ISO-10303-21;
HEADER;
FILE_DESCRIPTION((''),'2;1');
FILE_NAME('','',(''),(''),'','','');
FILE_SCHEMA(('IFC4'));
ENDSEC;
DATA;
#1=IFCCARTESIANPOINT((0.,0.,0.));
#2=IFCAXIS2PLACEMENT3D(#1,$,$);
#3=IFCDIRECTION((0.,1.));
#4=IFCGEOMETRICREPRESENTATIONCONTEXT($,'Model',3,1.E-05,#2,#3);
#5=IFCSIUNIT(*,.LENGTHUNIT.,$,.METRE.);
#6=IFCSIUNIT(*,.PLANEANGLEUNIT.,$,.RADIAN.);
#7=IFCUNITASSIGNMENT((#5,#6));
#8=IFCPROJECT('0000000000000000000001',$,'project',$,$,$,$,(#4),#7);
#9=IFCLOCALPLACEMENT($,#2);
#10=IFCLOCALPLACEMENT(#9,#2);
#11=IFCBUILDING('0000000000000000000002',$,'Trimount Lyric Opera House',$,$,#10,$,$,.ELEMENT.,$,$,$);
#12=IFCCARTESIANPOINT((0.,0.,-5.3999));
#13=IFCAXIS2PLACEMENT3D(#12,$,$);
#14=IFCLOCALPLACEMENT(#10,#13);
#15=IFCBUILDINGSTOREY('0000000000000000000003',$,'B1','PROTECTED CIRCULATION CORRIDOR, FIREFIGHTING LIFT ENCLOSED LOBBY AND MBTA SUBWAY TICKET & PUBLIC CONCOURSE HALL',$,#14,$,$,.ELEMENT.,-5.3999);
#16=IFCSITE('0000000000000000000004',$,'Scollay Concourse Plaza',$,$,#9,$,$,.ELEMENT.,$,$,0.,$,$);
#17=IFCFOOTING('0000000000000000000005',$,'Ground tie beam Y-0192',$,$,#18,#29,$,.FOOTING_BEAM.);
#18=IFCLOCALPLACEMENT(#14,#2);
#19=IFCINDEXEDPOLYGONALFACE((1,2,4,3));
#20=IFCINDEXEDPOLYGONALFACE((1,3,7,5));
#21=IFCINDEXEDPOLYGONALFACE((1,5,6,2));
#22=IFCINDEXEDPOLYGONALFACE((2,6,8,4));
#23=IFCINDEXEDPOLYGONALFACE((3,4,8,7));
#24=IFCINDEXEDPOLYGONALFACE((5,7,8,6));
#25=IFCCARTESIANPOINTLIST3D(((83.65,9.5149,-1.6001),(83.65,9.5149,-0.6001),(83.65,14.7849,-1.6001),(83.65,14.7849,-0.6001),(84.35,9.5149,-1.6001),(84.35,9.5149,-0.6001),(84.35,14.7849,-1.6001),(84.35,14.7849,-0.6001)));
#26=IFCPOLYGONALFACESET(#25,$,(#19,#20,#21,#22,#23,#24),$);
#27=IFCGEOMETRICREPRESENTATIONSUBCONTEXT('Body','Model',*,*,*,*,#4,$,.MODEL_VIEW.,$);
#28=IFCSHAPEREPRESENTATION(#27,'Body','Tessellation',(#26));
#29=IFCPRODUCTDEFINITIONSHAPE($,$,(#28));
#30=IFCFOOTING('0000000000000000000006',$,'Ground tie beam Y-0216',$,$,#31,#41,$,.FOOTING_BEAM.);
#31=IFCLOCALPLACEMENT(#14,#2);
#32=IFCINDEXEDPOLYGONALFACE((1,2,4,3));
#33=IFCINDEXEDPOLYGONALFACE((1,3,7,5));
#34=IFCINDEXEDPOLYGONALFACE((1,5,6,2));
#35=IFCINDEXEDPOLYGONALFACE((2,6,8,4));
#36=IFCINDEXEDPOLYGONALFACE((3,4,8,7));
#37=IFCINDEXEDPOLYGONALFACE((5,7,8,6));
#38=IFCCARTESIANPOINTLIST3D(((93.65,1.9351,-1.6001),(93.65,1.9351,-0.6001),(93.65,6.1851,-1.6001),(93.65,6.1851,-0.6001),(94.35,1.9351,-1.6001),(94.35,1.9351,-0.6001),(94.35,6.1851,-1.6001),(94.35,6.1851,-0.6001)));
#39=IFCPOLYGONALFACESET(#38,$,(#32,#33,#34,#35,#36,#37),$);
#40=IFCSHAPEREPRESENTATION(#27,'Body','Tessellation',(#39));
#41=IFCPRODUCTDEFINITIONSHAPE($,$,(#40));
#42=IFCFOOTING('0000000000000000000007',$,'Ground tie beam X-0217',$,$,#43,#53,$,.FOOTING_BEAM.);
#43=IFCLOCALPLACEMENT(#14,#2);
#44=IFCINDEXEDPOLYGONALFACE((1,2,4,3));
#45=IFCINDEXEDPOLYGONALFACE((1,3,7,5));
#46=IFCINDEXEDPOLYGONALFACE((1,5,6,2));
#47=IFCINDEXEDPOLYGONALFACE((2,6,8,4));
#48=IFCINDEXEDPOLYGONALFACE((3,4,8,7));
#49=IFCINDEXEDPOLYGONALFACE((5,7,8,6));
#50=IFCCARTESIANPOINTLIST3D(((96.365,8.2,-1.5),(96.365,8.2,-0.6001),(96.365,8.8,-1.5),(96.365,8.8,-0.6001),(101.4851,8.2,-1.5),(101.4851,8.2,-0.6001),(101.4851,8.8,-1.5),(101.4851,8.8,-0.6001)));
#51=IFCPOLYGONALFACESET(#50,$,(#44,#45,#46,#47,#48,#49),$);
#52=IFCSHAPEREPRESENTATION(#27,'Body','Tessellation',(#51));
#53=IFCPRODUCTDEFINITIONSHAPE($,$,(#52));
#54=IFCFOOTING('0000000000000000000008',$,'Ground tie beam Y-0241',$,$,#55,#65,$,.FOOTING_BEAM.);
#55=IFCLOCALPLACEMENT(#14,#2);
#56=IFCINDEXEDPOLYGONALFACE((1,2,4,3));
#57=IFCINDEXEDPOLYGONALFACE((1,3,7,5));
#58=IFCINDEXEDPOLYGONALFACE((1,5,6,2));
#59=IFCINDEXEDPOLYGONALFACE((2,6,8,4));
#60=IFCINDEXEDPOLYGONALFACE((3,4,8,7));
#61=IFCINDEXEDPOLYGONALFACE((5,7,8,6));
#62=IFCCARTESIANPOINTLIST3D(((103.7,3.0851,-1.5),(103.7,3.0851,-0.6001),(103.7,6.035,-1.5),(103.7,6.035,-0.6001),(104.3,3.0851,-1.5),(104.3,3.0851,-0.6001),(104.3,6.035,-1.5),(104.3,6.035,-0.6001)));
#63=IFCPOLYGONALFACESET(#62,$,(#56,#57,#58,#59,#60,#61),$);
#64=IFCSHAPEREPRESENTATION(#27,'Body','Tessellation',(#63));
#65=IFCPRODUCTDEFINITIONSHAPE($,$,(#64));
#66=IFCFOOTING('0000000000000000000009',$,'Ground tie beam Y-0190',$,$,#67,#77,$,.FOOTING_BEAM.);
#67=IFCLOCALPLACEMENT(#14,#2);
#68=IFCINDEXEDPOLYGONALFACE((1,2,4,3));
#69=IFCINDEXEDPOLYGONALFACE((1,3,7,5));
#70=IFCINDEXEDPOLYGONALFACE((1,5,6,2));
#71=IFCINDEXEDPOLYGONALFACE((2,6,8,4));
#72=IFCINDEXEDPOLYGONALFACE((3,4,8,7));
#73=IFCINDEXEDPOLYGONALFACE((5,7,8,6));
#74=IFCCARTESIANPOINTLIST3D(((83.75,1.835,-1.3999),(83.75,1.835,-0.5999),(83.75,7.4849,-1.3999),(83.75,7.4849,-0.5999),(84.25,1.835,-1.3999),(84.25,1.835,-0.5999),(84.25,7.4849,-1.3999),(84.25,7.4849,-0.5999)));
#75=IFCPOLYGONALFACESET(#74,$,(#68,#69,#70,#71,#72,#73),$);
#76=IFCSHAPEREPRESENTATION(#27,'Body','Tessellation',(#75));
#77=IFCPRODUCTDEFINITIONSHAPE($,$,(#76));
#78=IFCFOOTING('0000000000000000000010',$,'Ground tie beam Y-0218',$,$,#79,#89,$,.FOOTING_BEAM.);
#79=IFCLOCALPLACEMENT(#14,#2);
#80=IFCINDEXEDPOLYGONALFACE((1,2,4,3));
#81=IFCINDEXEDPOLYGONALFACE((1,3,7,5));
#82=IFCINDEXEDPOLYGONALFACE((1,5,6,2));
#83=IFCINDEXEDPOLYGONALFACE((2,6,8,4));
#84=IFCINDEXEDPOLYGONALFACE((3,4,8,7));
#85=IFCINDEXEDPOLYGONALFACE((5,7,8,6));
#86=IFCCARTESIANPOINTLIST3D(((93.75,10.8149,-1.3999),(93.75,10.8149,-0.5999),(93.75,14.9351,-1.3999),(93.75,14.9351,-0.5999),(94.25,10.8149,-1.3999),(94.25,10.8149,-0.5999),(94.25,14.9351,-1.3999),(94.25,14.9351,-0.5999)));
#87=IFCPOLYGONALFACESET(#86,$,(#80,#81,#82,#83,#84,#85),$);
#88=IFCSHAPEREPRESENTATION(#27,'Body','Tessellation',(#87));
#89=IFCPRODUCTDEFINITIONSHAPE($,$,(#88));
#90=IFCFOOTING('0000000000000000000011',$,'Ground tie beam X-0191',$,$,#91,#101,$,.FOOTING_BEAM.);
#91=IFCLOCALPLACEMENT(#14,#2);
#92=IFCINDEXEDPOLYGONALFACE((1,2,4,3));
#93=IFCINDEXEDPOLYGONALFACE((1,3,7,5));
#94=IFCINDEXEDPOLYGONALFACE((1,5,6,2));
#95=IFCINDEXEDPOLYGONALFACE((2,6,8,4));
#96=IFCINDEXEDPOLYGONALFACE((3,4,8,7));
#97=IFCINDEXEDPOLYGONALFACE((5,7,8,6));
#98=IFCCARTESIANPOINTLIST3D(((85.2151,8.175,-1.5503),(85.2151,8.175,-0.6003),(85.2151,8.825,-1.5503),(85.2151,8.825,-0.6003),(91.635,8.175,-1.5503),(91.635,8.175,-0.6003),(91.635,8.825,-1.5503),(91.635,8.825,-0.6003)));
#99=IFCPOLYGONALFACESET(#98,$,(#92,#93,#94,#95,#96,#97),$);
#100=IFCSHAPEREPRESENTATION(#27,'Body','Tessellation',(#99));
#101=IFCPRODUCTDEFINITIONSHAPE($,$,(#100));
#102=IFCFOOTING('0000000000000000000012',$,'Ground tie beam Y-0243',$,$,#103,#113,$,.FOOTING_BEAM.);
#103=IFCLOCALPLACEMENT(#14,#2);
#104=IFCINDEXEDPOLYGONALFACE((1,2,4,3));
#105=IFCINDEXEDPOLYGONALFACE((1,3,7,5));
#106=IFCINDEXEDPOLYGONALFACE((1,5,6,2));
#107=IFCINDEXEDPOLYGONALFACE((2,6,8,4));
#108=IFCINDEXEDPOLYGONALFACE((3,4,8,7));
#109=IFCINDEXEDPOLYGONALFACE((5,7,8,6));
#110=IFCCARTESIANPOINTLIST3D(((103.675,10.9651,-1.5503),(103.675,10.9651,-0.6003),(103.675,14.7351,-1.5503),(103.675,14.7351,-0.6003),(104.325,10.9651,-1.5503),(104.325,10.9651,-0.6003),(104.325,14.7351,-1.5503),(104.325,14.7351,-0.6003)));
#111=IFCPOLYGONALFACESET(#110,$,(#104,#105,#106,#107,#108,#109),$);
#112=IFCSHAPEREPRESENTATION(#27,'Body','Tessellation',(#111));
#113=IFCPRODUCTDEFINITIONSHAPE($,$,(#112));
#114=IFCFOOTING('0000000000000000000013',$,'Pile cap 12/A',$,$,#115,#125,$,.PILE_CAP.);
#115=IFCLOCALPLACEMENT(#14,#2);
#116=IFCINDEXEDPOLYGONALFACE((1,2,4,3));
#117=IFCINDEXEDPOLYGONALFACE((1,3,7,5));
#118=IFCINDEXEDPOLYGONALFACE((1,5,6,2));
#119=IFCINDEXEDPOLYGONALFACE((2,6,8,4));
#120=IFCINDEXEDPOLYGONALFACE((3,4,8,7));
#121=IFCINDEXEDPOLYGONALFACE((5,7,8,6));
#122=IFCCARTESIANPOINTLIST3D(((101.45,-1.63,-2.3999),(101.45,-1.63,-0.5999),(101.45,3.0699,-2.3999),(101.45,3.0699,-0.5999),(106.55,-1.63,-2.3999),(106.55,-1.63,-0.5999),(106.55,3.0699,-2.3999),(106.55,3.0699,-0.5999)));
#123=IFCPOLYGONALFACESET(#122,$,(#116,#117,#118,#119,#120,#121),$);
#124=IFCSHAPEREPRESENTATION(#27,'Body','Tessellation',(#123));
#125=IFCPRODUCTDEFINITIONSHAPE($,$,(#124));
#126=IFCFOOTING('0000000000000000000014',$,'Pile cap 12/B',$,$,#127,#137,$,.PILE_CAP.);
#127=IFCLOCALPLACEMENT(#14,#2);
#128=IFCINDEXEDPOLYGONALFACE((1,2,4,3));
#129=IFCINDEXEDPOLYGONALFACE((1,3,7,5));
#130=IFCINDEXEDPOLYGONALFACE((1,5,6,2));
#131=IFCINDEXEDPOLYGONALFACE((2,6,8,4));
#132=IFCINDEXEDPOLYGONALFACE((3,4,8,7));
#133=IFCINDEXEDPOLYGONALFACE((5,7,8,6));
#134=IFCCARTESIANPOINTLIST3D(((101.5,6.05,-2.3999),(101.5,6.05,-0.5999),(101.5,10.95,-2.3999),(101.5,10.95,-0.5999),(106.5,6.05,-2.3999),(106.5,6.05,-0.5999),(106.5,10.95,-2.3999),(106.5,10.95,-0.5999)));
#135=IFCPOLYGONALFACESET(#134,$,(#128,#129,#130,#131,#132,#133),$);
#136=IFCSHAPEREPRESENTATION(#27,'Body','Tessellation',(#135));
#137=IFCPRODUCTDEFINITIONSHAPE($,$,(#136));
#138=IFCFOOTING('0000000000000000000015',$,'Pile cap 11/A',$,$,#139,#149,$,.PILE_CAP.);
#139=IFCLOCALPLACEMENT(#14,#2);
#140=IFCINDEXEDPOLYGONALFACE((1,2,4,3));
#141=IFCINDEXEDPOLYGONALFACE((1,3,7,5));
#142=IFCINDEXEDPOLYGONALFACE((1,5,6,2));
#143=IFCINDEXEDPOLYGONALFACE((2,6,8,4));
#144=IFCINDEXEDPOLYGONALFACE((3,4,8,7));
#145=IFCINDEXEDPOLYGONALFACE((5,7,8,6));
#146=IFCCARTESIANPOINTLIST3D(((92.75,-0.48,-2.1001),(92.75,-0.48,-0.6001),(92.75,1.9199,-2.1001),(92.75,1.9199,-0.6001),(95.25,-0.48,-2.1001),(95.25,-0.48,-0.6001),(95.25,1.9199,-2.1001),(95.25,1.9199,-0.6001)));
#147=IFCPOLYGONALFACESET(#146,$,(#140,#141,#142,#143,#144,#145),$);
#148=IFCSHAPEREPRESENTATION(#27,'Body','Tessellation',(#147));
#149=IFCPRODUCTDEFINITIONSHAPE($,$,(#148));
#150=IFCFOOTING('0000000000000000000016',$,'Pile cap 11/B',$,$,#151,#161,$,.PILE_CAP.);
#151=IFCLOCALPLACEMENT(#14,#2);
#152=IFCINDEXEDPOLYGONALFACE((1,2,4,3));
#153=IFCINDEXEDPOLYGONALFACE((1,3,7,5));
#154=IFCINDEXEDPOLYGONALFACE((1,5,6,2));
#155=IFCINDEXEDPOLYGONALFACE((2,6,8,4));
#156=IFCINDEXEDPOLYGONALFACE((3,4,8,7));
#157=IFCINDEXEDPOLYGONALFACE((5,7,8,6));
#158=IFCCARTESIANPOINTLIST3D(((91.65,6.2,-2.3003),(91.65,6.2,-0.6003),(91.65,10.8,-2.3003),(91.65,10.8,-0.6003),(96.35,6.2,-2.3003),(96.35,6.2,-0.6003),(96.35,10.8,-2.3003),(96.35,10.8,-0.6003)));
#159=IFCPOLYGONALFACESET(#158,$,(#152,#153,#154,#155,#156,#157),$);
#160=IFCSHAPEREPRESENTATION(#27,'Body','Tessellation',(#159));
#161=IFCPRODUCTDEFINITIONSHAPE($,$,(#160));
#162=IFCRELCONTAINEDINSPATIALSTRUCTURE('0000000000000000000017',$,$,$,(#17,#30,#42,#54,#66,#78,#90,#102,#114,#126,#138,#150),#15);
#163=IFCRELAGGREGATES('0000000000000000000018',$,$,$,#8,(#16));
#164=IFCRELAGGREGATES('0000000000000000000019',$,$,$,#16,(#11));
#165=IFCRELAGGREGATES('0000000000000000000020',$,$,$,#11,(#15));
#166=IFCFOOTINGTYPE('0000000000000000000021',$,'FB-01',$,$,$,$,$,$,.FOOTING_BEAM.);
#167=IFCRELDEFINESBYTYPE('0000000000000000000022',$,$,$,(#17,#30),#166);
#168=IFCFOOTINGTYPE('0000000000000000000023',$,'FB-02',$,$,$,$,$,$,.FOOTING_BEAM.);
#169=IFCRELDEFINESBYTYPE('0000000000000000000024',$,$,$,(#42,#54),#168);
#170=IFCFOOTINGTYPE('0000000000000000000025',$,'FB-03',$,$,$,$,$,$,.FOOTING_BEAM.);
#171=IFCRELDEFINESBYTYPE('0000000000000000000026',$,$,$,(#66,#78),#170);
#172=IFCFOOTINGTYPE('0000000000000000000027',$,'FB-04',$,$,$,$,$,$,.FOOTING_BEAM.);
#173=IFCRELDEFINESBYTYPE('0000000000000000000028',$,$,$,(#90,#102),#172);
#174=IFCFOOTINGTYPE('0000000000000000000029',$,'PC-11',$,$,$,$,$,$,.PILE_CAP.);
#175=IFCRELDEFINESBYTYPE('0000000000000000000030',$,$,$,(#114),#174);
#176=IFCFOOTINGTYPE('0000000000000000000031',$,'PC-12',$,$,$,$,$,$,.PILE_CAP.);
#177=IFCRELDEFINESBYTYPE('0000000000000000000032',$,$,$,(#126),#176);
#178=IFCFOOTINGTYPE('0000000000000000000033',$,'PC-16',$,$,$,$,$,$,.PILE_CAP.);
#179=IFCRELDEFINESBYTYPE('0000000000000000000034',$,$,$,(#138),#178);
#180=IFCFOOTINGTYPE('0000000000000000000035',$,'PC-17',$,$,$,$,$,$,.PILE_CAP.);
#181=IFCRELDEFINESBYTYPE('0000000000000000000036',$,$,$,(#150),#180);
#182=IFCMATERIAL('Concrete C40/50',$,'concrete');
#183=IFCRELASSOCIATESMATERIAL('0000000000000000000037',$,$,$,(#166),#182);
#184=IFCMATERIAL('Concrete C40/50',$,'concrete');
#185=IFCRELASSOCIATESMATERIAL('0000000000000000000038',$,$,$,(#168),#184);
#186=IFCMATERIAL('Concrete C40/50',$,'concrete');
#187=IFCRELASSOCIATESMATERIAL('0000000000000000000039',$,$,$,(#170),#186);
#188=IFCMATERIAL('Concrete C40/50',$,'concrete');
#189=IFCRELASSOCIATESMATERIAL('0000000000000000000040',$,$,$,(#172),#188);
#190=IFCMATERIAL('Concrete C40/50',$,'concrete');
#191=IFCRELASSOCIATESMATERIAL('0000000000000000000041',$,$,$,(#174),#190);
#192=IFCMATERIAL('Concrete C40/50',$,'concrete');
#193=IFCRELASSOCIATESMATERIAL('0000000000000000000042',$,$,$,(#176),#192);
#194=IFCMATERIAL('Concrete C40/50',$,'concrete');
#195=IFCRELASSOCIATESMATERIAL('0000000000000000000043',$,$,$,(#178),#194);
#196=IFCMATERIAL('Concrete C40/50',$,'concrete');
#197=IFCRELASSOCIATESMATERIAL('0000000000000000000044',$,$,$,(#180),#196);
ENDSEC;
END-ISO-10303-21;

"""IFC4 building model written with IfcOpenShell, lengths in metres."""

from ifc_helpers import new_model, si_unit, direction, frame, origin, origin_2d, place, context, subcontext, project, spatial, rectangle, extrude, material, type_object, element, save


model = new_model("IFC4")

# Units and contexts
model_context = context("Model", 3, precision=1e-05, world=origin(), true_north=direction((0.0, 1.0)))
body_context = subcontext(model_context, "Body", "Model", "MODEL_VIEW")
ifc_project = project(units=[si_unit("LENGTHUNIT", "METRE"), si_unit("PLANEANGLEUNIT", "RADIAN")], contexts=[model_context])

# Site, building, storey
site_placement = place(None, origin())
site = spatial("IfcSite", under=ifc_project, at=site_placement, Name="Scollay Concourse Plaza", CompositionType="ELEMENT", RefElevation=0.0)
building_placement = place(site_placement, origin())
building = spatial("IfcBuilding", under=site, at=building_placement, Name="Trimount Lyric Opera House", CompositionType="ELEMENT")
storey_placement = place(building_placement, frame((0.0, 0.0, -5.3999)))
storey = spatial("IfcBuildingStorey", under=building, at=storey_placement, Name="B1", Description="PROTECTED CIRCULATION CORRIDOR, FIREFIGHTING LIFT ENCLOSED LOBBY AND MBTA SUBWAY TICKET & PUBLIC CONCOURSE HALL", CompositionType="ELEMENT", Elevation=-5.3999)

# Footings
ifc_material_1 = material(Name="Concrete C40/50", Category="concrete")
footing_type_1 = type_object("IfcFootingType", Name="FB-01", PredefinedType="FOOTING_BEAM", material=ifc_material_1)
footing_1_placement = place(storey_placement, frame((84.0, 12.1499, -1.6001), z_axis=(0.0, 0.0, 1.0), x_axis=(1.0, 0.0, 0.0)))
element("IfcFooting", 1, at=footing_1_placement, inside=storey, type_object=footing_type_1, Name="Ground tie beam Y-0192", PredefinedType="FOOTING_BEAM", context=body_context, shape_type="SweptSolid", body=[
    extrude(rectangle(XDim=0.7, YDim=5.27, at=origin_2d()), origin(), (0.0, 0.0, 1.0), 1.0),
])
footing_2_placement = place(storey_placement, frame((94.0, 4.0601, -1.6001), z_axis=(0.0, 0.0, 1.0), x_axis=(1.0, 0.0, 0.0)))
element("IfcFooting", 2, at=footing_2_placement, inside=storey, type_object=footing_type_1, Name="Ground tie beam Y-0216", PredefinedType="FOOTING_BEAM", context=body_context, shape_type="SweptSolid", body=[
    extrude(rectangle(XDim=0.7, YDim=4.25, at=origin_2d()), origin(), (0.0, 0.0, 1.0), 1.0),
])
ifc_material_2 = material(Name="Concrete C40/50", Category="concrete")
footing_type_2 = type_object("IfcFootingType", Name="FB-02", PredefinedType="FOOTING_BEAM", material=ifc_material_2)
footing_3_placement = place(storey_placement, frame((98.925, 8.5, -1.5), z_axis=(0.0, 0.0, 1.0), x_axis=(1.0, 0.0, 0.0)))
element("IfcFooting", 3, at=footing_3_placement, inside=storey, type_object=footing_type_2, Name="Ground tie beam X-0217", PredefinedType="FOOTING_BEAM", context=body_context, shape_type="SweptSolid", body=[
    extrude(rectangle(XDim=5.1201, YDim=0.6001, at=origin_2d()), origin(), (0.0, 0.0, 1.0), 0.8999),
])
footing_4_placement = place(storey_placement, frame((104.0, 4.5601, -1.5), z_axis=(0.0, 0.0, 1.0), x_axis=(1.0, 0.0, 0.0)))
element("IfcFooting", 4, at=footing_4_placement, inside=storey, type_object=footing_type_2, Name="Ground tie beam Y-0241", PredefinedType="FOOTING_BEAM", context=body_context, shape_type="SweptSolid", body=[
    extrude(rectangle(XDim=0.6001, YDim=2.95, at=origin_2d()), origin(), (0.0, 0.0, 1.0), 0.8999),
])
ifc_material_3 = material(Name="Concrete C40/50", Category="concrete")
footing_type_3 = type_object("IfcFootingType", Name="FB-03", PredefinedType="FOOTING_BEAM", material=ifc_material_3)
footing_5_placement = place(storey_placement, frame((84.0, 4.6599, -1.3999), z_axis=(0.0, 0.0, 1.0), x_axis=(1.0, 0.0, 0.0)))
element("IfcFooting", 5, at=footing_5_placement, inside=storey, type_object=footing_type_3, Name="Ground tie beam Y-0190", PredefinedType="FOOTING_BEAM", context=body_context, shape_type="SweptSolid", body=[
    extrude(rectangle(XDim=0.5, YDim=5.6499, at=origin_2d()), origin(), (0.0, 0.0, 1.0), 0.8),
])
footing_6_placement = place(storey_placement, frame((94.0, 12.875, -1.3999), z_axis=(0.0, 0.0, 1.0), x_axis=(1.0, 0.0, 0.0)))
element("IfcFooting", 6, at=footing_6_placement, inside=storey, type_object=footing_type_3, Name="Ground tie beam Y-0218", PredefinedType="FOOTING_BEAM", context=body_context, shape_type="SweptSolid", body=[
    extrude(rectangle(XDim=0.5, YDim=4.1201, at=origin_2d()), origin(), (0.0, 0.0, 1.0), 0.8),
])
ifc_material_4 = material(Name="Concrete C40/50", Category="concrete")
footing_type_4 = type_object("IfcFootingType", Name="FB-04", PredefinedType="FOOTING_BEAM", material=ifc_material_4)
footing_7_placement = place(storey_placement, frame((88.425, 8.5, -1.5503), z_axis=(0.0, 0.0, 1.0), x_axis=(1.0, 0.0, 0.0)))
element("IfcFooting", 7, at=footing_7_placement, inside=storey, type_object=footing_type_4, Name="Ground tie beam X-0191", PredefinedType="FOOTING_BEAM", context=body_context, shape_type="SweptSolid", body=[
    extrude(rectangle(XDim=6.4199, YDim=0.6499, at=origin_2d()), origin(), (0.0, 0.0, 1.0), 0.95),
])
footing_8_placement = place(storey_placement, frame((104.0, 12.8501, -1.5503), z_axis=(0.0, 0.0, 1.0), x_axis=(1.0, 0.0, 0.0)))
element("IfcFooting", 8, at=footing_8_placement, inside=storey, type_object=footing_type_4, Name="Ground tie beam Y-0243", PredefinedType="FOOTING_BEAM", context=body_context, shape_type="SweptSolid", body=[
    extrude(rectangle(XDim=0.6499, YDim=3.77, at=origin_2d()), origin(), (0.0, 0.0, 1.0), 0.95),
])
ifc_material_5 = material(Name="Concrete C40/50", Category="concrete")
footing_type_5 = type_object("IfcFootingType", Name="PC-11", PredefinedType="PILE_CAP", material=ifc_material_5)
footing_9_placement = place(storey_placement, frame((104.0, 0.72, -2.3999), z_axis=(0.0, 0.0, 1.0), x_axis=(1.0, 0.0, 0.0)))
element("IfcFooting", 9, at=footing_9_placement, inside=storey, type_object=footing_type_5, Name="Pile cap 12/A", PredefinedType="PILE_CAP", context=body_context, shape_type="SweptSolid", body=[
    extrude(rectangle(XDim=5.1001, YDim=4.7, at=origin_2d()), origin(), (0.0, 0.0, 1.0), 1.8),
])
ifc_material_6 = material(Name="Concrete C40/50", Category="concrete")
footing_type_6 = type_object("IfcFootingType", Name="PC-12", PredefinedType="PILE_CAP", material=ifc_material_6)
footing_10_placement = place(storey_placement, frame((104.0, 8.5, -2.3999), z_axis=(0.0, 0.0, 1.0), x_axis=(1.0, 0.0, 0.0)))
element("IfcFooting", 10, at=footing_10_placement, inside=storey, type_object=footing_type_6, Name="Pile cap 12/B", PredefinedType="PILE_CAP", context=body_context, shape_type="SweptSolid", body=[
    extrude(rectangle(XDim=5.0, YDim=4.8999, at=origin_2d()), origin(), (0.0, 0.0, 1.0), 1.8),
])
ifc_material_7 = material(Name="Concrete C40/50", Category="concrete")
footing_type_7 = type_object("IfcFootingType", Name="PC-16", PredefinedType="PILE_CAP", material=ifc_material_7)
footing_11_placement = place(storey_placement, frame((94.0, 0.72, -2.1001), z_axis=(0.0, 0.0, 1.0), x_axis=(1.0, 0.0, 0.0)))
element("IfcFooting", 11, at=footing_11_placement, inside=storey, type_object=footing_type_7, Name="Pile cap 11/A", PredefinedType="PILE_CAP", context=body_context, shape_type="SweptSolid", body=[
    extrude(rectangle(XDim=2.5, YDim=2.3999, at=origin_2d()), origin(), (0.0, 0.0, 1.0), 1.5),
])
ifc_material_8 = material(Name="Concrete C40/50", Category="concrete")
footing_type_8 = type_object("IfcFootingType", Name="PC-17", PredefinedType="PILE_CAP", material=ifc_material_8)
footing_12_placement = place(storey_placement, frame((94.0, 8.5, -2.3003), z_axis=(0.0, 0.0, 1.0), x_axis=(1.0, 0.0, 0.0)))
element("IfcFooting", 12, at=footing_12_placement, inside=storey, type_object=footing_type_8, Name="Pile cap 11/B", PredefinedType="PILE_CAP", context=body_context, shape_type="SweptSolid", body=[
    extrude(rectangle(XDim=4.7, YDim=4.6001, at=origin_2d()), origin(), (0.0, 0.0, 1.0), 1.7),
])

save(model, "model.ifc")
